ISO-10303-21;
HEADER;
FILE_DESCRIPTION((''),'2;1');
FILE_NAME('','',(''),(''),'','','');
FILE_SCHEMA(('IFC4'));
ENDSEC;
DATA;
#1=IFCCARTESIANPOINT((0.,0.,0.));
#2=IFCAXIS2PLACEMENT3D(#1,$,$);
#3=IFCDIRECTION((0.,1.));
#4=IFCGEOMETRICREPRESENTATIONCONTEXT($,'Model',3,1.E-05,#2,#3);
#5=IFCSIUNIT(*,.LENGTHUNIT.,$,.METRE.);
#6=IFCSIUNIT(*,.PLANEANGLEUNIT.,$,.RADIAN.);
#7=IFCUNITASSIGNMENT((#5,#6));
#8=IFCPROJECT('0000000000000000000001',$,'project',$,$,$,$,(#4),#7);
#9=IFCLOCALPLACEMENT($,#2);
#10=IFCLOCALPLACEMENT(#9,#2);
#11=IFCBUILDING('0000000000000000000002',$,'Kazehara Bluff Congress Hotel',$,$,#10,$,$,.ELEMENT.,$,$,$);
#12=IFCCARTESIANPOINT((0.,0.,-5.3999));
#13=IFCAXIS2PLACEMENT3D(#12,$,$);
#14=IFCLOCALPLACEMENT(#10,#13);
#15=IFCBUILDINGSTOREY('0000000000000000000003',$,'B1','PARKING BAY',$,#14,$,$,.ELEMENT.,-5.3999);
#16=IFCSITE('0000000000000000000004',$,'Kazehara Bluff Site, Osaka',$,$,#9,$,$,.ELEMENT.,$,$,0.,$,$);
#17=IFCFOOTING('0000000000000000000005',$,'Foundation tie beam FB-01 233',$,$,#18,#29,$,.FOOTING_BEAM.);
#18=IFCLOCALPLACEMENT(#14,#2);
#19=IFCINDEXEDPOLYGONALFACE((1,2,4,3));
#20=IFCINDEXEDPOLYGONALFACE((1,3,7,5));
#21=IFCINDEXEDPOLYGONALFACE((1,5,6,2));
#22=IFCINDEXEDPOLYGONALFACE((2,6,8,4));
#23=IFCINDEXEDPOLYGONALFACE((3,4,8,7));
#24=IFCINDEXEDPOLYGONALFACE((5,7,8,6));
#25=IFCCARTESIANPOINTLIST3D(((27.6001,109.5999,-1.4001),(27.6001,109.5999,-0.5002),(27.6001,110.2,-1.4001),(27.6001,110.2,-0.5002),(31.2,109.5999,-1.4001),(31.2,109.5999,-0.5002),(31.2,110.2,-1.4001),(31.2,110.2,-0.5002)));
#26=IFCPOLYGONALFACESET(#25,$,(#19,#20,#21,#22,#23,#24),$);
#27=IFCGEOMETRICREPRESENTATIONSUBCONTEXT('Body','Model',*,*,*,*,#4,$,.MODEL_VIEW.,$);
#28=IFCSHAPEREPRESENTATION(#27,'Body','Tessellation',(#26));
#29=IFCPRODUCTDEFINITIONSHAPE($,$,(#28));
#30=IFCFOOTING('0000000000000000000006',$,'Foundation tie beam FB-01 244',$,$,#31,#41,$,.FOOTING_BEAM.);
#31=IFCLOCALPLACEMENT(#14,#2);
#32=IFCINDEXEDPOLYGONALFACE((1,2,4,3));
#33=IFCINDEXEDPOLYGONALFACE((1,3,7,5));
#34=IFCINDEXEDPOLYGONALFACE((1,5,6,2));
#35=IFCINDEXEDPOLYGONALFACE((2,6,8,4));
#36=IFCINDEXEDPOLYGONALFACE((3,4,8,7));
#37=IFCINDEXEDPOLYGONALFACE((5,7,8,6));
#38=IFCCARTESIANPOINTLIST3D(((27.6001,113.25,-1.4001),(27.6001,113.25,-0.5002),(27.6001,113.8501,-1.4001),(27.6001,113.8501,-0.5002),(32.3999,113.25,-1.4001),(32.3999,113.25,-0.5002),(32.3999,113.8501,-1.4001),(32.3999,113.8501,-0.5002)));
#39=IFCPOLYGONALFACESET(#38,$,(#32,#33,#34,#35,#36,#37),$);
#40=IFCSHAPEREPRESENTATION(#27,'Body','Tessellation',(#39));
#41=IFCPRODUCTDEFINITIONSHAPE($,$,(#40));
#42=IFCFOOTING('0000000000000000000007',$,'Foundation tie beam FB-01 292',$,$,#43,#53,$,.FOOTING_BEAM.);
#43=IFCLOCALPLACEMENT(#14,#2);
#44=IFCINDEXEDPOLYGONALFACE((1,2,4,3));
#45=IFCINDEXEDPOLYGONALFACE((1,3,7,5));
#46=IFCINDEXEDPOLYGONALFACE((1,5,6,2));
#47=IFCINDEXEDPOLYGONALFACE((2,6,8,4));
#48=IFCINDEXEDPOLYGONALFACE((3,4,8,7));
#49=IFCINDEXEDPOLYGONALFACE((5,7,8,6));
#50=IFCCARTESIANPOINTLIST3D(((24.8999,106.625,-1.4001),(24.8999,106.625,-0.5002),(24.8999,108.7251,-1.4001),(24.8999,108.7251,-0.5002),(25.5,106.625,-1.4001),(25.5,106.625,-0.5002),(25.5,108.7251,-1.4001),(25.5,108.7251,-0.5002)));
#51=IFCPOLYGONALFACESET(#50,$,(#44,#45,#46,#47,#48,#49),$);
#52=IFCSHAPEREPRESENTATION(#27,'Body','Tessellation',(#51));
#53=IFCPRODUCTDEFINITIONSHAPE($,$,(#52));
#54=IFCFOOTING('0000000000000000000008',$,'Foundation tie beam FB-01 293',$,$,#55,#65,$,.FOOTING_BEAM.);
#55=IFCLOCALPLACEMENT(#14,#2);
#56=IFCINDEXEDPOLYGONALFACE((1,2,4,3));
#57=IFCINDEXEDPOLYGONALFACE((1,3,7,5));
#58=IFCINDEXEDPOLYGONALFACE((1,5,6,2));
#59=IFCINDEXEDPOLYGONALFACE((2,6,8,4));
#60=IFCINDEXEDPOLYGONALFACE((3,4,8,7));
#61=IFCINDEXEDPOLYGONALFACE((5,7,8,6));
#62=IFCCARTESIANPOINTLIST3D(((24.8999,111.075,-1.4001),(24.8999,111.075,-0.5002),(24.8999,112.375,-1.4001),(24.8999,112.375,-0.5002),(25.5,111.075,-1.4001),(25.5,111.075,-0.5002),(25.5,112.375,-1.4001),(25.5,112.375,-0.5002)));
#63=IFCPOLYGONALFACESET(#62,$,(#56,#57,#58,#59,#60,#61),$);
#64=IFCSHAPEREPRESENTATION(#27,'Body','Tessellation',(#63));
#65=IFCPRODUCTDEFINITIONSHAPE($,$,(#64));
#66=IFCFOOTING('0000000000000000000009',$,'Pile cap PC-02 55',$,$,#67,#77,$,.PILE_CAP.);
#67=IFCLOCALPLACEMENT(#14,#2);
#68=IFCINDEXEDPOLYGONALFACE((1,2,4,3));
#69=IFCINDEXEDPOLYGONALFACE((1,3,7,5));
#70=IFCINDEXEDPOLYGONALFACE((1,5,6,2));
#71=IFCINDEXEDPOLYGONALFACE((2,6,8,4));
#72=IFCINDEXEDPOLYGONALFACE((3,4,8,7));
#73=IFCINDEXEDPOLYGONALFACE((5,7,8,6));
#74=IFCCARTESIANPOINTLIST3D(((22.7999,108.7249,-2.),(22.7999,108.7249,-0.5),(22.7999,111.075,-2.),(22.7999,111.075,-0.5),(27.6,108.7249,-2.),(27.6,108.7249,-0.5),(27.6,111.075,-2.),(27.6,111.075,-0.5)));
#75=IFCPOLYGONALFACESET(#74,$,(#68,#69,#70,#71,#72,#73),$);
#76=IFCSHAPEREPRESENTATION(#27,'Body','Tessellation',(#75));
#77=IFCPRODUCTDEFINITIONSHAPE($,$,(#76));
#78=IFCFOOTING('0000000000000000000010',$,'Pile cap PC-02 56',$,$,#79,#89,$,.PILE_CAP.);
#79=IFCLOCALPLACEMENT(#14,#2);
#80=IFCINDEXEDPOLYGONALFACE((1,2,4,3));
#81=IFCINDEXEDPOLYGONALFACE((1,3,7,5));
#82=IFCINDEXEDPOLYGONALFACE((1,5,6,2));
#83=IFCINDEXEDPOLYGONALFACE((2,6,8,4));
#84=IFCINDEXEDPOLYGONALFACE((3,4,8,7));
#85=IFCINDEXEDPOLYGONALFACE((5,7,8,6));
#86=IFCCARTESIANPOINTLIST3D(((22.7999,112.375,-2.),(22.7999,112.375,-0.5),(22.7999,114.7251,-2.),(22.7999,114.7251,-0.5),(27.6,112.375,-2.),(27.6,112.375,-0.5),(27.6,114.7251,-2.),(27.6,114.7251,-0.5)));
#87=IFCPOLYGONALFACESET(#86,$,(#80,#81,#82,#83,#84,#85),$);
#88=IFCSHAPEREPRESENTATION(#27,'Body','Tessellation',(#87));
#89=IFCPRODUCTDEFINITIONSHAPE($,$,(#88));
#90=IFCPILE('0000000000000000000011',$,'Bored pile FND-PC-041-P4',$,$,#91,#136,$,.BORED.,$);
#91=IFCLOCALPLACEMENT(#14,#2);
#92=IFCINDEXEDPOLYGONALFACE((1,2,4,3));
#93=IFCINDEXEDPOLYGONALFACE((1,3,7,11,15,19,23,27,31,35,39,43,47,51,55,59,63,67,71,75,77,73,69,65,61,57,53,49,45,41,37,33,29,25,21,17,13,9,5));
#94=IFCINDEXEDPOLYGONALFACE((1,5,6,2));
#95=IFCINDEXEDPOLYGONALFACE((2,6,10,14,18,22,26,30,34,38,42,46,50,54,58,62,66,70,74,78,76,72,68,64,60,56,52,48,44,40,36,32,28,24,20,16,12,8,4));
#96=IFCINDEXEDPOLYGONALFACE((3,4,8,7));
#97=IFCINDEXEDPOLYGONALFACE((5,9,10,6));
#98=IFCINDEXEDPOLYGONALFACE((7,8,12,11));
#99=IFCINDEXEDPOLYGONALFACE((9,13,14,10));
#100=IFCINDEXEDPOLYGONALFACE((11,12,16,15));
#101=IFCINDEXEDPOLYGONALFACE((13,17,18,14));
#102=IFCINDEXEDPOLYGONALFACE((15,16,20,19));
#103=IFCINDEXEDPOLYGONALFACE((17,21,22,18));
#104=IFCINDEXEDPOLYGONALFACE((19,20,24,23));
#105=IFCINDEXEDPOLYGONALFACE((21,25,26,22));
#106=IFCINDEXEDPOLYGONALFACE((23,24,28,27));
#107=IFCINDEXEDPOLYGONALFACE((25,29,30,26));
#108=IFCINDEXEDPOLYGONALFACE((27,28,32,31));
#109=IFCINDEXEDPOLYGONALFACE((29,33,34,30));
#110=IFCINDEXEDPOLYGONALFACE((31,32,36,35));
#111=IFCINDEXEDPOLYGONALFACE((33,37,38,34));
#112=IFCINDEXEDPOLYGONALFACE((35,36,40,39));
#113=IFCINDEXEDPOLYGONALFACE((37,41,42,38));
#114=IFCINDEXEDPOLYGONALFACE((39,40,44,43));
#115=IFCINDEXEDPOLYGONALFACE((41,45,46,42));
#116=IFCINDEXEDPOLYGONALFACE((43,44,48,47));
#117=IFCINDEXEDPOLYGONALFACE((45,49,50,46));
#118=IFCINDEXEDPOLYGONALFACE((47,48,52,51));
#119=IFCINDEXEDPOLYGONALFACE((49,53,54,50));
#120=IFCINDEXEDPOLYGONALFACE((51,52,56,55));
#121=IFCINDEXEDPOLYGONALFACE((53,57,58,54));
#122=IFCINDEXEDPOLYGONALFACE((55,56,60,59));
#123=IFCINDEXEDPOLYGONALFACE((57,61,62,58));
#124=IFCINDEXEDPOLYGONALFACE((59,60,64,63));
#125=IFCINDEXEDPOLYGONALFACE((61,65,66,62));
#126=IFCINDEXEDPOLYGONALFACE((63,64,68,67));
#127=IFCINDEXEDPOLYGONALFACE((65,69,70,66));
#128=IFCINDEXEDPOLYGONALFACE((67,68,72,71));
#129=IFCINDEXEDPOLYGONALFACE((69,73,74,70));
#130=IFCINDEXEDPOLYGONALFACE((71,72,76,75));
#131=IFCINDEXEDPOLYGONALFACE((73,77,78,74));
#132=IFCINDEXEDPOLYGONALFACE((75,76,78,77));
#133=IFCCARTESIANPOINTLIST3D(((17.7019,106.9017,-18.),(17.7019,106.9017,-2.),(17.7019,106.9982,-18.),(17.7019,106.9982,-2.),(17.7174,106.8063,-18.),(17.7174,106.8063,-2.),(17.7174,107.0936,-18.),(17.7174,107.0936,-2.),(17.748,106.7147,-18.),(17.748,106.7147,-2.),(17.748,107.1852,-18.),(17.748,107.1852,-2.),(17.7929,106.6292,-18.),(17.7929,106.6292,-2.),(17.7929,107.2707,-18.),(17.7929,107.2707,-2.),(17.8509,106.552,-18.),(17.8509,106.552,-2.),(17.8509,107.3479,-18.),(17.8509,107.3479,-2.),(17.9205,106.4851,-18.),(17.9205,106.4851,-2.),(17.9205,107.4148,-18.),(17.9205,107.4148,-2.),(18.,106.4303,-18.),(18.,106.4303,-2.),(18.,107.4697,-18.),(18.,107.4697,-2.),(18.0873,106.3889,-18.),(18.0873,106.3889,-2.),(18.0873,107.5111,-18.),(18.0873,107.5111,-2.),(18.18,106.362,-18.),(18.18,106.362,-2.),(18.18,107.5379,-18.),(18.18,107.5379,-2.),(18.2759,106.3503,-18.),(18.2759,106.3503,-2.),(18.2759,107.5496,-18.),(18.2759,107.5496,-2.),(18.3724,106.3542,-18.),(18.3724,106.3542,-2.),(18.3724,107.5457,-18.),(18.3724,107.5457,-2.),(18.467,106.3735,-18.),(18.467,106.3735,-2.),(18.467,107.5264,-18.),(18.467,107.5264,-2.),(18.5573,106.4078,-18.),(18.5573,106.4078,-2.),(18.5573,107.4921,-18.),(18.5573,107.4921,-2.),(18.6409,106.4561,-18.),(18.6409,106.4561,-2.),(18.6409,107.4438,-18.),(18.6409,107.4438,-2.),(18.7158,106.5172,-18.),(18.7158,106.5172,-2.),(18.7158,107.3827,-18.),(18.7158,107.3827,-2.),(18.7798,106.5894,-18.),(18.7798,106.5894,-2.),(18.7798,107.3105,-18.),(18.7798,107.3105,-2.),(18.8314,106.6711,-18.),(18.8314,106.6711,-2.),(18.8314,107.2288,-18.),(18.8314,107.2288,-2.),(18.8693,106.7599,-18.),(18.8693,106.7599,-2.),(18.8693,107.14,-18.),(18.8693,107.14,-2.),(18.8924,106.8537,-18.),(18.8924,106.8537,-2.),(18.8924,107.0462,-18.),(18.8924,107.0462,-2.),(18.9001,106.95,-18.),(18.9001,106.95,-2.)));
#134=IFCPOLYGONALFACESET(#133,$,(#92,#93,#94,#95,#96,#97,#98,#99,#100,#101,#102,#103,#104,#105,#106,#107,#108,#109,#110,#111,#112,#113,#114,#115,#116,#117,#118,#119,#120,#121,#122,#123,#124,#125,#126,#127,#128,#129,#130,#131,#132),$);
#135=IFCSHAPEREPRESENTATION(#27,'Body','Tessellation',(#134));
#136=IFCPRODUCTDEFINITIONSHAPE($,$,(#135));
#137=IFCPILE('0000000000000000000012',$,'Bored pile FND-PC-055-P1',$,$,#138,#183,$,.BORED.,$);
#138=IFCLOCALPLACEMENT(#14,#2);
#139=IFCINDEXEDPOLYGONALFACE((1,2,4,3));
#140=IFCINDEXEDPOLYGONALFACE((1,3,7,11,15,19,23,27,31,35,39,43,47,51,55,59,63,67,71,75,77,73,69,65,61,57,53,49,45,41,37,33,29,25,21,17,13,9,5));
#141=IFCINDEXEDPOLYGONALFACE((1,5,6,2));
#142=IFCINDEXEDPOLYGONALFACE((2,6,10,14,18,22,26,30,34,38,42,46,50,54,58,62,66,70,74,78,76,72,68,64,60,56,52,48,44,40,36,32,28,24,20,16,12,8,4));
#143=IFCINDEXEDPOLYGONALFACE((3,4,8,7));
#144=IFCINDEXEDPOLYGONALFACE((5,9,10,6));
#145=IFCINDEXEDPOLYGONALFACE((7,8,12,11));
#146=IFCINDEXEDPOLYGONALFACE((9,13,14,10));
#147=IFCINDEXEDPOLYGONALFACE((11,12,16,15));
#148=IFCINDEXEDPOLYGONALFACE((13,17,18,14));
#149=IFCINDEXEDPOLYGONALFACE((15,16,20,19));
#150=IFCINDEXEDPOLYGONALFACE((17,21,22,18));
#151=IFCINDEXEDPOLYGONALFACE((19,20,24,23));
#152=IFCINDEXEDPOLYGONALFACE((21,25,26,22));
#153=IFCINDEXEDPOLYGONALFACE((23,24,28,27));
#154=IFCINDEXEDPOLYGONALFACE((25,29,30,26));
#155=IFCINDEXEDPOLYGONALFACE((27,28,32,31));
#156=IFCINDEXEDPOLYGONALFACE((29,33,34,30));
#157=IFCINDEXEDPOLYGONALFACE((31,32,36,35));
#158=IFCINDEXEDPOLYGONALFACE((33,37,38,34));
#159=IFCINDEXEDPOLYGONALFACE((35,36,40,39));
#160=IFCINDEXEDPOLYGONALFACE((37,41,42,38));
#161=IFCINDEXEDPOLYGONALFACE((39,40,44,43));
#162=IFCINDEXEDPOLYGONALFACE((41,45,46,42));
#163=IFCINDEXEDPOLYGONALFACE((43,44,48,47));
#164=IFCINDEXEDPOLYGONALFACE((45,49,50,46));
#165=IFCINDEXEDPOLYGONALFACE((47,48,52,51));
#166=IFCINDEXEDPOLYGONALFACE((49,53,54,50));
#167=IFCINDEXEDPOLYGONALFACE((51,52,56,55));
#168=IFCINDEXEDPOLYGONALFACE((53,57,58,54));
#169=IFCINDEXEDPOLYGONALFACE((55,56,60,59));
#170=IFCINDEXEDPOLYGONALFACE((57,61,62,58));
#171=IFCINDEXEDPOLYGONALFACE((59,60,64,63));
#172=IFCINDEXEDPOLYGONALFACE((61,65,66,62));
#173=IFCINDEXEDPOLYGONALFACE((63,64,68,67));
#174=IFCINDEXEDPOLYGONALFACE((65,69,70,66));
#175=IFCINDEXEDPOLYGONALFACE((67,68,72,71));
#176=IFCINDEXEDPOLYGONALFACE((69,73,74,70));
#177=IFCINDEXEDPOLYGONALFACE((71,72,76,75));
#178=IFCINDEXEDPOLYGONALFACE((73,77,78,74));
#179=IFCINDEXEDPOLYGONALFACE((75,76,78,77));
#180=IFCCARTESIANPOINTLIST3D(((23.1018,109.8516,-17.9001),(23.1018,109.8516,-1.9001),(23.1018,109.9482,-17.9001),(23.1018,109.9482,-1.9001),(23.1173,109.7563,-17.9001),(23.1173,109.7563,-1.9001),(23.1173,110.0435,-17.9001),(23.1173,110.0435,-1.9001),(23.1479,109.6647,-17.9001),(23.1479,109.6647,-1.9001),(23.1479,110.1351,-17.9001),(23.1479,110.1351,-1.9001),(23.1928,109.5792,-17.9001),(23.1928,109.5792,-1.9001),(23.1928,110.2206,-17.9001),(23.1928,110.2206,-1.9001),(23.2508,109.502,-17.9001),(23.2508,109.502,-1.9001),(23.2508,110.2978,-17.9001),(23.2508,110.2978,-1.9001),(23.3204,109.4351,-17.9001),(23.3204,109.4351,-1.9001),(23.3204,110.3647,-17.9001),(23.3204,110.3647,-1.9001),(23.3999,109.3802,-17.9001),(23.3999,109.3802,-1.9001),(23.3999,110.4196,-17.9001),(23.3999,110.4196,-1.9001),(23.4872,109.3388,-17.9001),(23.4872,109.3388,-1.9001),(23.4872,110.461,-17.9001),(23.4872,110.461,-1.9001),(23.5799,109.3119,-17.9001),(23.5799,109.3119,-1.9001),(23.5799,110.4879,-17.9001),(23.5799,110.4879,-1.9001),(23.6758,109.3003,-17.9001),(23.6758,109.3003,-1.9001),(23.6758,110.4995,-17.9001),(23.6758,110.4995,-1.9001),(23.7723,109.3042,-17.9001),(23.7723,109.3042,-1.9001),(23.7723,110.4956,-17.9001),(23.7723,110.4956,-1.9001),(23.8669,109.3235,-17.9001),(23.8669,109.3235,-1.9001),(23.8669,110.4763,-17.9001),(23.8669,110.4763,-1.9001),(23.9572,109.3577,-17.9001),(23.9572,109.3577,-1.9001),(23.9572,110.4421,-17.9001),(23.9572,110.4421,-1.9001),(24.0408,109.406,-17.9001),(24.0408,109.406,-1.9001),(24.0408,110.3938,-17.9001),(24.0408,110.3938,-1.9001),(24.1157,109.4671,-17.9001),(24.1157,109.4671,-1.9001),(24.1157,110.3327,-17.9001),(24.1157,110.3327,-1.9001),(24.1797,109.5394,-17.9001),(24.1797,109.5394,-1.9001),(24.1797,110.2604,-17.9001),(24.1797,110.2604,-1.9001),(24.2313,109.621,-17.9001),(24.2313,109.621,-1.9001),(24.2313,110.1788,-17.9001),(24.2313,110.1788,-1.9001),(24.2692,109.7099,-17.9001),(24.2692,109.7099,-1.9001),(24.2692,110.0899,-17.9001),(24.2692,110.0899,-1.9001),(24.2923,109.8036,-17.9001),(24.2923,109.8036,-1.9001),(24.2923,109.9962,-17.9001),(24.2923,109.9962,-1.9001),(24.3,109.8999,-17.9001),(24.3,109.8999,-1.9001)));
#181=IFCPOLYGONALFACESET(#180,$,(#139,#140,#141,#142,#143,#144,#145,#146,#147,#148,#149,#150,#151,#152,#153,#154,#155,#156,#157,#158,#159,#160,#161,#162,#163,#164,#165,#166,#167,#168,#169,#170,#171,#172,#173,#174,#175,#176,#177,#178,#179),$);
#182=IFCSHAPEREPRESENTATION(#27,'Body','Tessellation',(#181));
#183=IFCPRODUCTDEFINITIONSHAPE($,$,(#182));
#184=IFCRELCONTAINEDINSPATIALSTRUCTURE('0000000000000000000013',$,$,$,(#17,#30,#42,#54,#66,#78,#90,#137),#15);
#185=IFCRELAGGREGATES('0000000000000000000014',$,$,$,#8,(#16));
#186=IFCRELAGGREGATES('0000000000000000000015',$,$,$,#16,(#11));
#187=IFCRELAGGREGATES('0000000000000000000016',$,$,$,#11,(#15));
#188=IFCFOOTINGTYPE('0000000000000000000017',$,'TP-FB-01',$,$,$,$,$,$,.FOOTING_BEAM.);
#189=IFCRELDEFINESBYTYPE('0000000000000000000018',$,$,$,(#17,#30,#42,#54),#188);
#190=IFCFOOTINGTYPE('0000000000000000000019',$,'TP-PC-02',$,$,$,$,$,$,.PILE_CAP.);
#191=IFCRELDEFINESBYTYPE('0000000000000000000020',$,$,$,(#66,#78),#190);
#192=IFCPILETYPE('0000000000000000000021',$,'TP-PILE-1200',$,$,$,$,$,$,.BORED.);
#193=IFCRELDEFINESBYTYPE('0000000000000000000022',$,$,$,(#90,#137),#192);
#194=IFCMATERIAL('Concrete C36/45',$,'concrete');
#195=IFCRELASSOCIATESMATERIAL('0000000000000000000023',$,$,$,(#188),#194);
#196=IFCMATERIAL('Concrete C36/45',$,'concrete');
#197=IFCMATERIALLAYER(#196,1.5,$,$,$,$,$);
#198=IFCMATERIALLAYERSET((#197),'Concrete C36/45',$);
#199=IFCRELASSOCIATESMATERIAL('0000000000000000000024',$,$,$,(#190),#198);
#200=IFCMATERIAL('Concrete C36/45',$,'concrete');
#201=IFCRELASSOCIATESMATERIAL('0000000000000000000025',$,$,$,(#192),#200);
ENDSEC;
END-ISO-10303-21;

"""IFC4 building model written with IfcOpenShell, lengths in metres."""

from ifc_helpers import new_model, si_unit, direction, frame, origin, origin_2d, place, context, subcontext, project, spatial, rectangle, circle, extrude, material, layer, layer_set, material_profile, profile_set, type_object, element, save


model = new_model("IFC4")

# Units and contexts
model_context = context("Model", 3, precision=1e-05, world=origin(), true_north=direction((0.0, 1.0)))
body_context = subcontext(model_context, "Body", "Model", "MODEL_VIEW")
ifc_project = project(units=[si_unit("LENGTHUNIT", "METRE"), si_unit("PLANEANGLEUNIT", "RADIAN")], contexts=[model_context])

# Site, building, storey
site_placement = place(None, origin())
site = spatial("IfcSite", under=ifc_project, at=site_placement, Name="Kazehara Bluff Site, Osaka", CompositionType="ELEMENT", RefElevation=0.0)
building_placement = place(site_placement, origin())
building = spatial("IfcBuilding", under=site, at=building_placement, Name="Kazehara Bluff Congress Hotel", CompositionType="ELEMENT")
storey_placement = place(building_placement, frame((0.0, 0.0, -5.3999)))
storey = spatial("IfcBuildingStorey", under=building, at=storey_placement, Name="B1", Description="PARKING BAY", CompositionType="ELEMENT", Elevation=-5.3999)

# Footings
ifc_material_1 = material(Name="Concrete C36/45", Category="concrete")
ifc_material_profile_1 = material_profile(ifc_material_1, rectangle(XDim=0.6001, YDim=0.8999, at=origin_2d()))
ifc_profile_set_1 = profile_set([ifc_material_profile_1], Name="Concrete C36/45")
footing_type_1 = type_object("IfcFootingType", Name="TP-FB-01", PredefinedType="FOOTING_BEAM", material=ifc_profile_set_1)
footing_1_placement = place(storey_placement, frame((27.6001, 109.8999, -0.9502), z_axis=(1.0, 0.0, 0.0), x_axis=(0.0, 1.0, 0.0)))
element("IfcFooting", 1, at=footing_1_placement, inside=storey, type_object=footing_type_1, Name="Foundation tie beam FB-01 233", PredefinedType="FOOTING_BEAM", context=body_context, shape_type="SweptSolid", body=[
    extrude(rectangle(XDim=0.6001, YDim=0.8999, at=origin_2d()), origin(), (0.0, 0.0, 1.0), 3.5999),
])
footing_2_placement = place(storey_placement, frame((27.6001, 113.55, -0.9502), z_axis=(1.0, 0.0, 0.0), x_axis=(0.0, 1.0, 0.0)))
element("IfcFooting", 2, at=footing_2_placement, inside=storey, type_object=footing_type_1, Name="Foundation tie beam FB-01 244", PredefinedType="FOOTING_BEAM", context=body_context, shape_type="SweptSolid", body=[
    extrude(rectangle(XDim=0.6001, YDim=0.8999, at=origin_2d()), origin(), (0.0, 0.0, 1.0), 4.7998),
])
footing_3_placement = place(storey_placement, frame((25.2, 106.625, -0.9502), z_axis=(0.0, 1.0, 0.0), x_axis=(-1.0, 0.0, 0.0)))
element("IfcFooting", 3, at=footing_3_placement, inside=storey, type_object=footing_type_1, Name="Foundation tie beam FB-01 292", PredefinedType="FOOTING_BEAM", context=body_context, shape_type="SweptSolid", body=[
    extrude(rectangle(XDim=0.6001, YDim=0.8999, at=origin_2d()), origin(), (0.0, 0.0, 1.0), 2.1001),
])
footing_4_placement = place(storey_placement, frame((25.2, 111.075, -0.9502), z_axis=(0.0, 1.0, 0.0), x_axis=(-1.0, 0.0, 0.0)))
element("IfcFooting", 4, at=footing_4_placement, inside=storey, type_object=footing_type_1, Name="Foundation tie beam FB-01 293", PredefinedType="FOOTING_BEAM", context=body_context, shape_type="SweptSolid", body=[
    extrude(rectangle(XDim=0.6001, YDim=0.8999, at=origin_2d()), origin(), (0.0, 0.0, 1.0), 1.3),
])
ifc_material_2 = material(Name="Concrete C36/45", Category="concrete")
ifc_layer_1 = layer(ifc_material_2, 1.5)
ifc_layer_set_1 = layer_set([ifc_layer_1], Name="Concrete C36/45")
footing_type_2 = type_object("IfcFootingType", Name="TP-PC-02", PredefinedType="PILE_CAP", material=ifc_layer_set_1)
for number, where, z_axis, x_axis, name in (
    (5, (25.2, 109.8999, -2.0), (0.0, 0.0, 1.0), (1.0, 0.0, 0.0), "Pile cap PC-02 55"),
    (6, (25.2, 113.55, -2.0), (0.0, 0.0, 1.0), (1.0, 0.0, 0.0), "Pile cap PC-02 56"),
):
    element("IfcFooting", number, at=place(storey_placement, frame(where, z_axis=z_axis, x_axis=x_axis)), inside=storey, type_object=footing_type_2, Name=name, PredefinedType="PILE_CAP", context=body_context, shape_type="SweptSolid", body=[
        extrude(rectangle(XDim=4.8, YDim=2.3501, at=origin_2d()), origin(), (0.0, 0.0, 1.0), 1.5),
    ])

# Piles
ifc_material_3 = material(Name="Concrete C36/45", Category="concrete")
ifc_material_profile_2 = material_profile(ifc_material_3, circle(Radius=0.6001, at=origin_2d()))
ifc_profile_set_2 = profile_set([ifc_material_profile_2], Name="Concrete C36/45")
pile_type = type_object("IfcPileType", Name="TP-PILE-1200", PredefinedType="BORED", material=ifc_profile_set_2)
for number, where, z_axis, x_axis, name in (
    (7, (18.3, 106.95, -2.0), (0.0, 0.0, -1.0), (1.0, 0.0, 0.0), "Bored pile FND-PC-041-P4"),
    (8, (23.7, 109.8999, -1.9001), (0.0, 0.0, -1.0), (1.0, 0.0, 0.0), "Bored pile FND-PC-055-P1"),
):
    element("IfcPile", number, at=place(storey_placement, frame(where, z_axis=z_axis, x_axis=x_axis)), inside=storey, type_object=pile_type, Name=name, PredefinedType="BORED", context=body_context, shape_type="SweptSolid", body=[
        extrude(circle(Radius=0.6001, at=origin_2d()), origin(), (0.0, 0.0, 1.0), 16.0),
    ])

save(model, "model.ifc")
